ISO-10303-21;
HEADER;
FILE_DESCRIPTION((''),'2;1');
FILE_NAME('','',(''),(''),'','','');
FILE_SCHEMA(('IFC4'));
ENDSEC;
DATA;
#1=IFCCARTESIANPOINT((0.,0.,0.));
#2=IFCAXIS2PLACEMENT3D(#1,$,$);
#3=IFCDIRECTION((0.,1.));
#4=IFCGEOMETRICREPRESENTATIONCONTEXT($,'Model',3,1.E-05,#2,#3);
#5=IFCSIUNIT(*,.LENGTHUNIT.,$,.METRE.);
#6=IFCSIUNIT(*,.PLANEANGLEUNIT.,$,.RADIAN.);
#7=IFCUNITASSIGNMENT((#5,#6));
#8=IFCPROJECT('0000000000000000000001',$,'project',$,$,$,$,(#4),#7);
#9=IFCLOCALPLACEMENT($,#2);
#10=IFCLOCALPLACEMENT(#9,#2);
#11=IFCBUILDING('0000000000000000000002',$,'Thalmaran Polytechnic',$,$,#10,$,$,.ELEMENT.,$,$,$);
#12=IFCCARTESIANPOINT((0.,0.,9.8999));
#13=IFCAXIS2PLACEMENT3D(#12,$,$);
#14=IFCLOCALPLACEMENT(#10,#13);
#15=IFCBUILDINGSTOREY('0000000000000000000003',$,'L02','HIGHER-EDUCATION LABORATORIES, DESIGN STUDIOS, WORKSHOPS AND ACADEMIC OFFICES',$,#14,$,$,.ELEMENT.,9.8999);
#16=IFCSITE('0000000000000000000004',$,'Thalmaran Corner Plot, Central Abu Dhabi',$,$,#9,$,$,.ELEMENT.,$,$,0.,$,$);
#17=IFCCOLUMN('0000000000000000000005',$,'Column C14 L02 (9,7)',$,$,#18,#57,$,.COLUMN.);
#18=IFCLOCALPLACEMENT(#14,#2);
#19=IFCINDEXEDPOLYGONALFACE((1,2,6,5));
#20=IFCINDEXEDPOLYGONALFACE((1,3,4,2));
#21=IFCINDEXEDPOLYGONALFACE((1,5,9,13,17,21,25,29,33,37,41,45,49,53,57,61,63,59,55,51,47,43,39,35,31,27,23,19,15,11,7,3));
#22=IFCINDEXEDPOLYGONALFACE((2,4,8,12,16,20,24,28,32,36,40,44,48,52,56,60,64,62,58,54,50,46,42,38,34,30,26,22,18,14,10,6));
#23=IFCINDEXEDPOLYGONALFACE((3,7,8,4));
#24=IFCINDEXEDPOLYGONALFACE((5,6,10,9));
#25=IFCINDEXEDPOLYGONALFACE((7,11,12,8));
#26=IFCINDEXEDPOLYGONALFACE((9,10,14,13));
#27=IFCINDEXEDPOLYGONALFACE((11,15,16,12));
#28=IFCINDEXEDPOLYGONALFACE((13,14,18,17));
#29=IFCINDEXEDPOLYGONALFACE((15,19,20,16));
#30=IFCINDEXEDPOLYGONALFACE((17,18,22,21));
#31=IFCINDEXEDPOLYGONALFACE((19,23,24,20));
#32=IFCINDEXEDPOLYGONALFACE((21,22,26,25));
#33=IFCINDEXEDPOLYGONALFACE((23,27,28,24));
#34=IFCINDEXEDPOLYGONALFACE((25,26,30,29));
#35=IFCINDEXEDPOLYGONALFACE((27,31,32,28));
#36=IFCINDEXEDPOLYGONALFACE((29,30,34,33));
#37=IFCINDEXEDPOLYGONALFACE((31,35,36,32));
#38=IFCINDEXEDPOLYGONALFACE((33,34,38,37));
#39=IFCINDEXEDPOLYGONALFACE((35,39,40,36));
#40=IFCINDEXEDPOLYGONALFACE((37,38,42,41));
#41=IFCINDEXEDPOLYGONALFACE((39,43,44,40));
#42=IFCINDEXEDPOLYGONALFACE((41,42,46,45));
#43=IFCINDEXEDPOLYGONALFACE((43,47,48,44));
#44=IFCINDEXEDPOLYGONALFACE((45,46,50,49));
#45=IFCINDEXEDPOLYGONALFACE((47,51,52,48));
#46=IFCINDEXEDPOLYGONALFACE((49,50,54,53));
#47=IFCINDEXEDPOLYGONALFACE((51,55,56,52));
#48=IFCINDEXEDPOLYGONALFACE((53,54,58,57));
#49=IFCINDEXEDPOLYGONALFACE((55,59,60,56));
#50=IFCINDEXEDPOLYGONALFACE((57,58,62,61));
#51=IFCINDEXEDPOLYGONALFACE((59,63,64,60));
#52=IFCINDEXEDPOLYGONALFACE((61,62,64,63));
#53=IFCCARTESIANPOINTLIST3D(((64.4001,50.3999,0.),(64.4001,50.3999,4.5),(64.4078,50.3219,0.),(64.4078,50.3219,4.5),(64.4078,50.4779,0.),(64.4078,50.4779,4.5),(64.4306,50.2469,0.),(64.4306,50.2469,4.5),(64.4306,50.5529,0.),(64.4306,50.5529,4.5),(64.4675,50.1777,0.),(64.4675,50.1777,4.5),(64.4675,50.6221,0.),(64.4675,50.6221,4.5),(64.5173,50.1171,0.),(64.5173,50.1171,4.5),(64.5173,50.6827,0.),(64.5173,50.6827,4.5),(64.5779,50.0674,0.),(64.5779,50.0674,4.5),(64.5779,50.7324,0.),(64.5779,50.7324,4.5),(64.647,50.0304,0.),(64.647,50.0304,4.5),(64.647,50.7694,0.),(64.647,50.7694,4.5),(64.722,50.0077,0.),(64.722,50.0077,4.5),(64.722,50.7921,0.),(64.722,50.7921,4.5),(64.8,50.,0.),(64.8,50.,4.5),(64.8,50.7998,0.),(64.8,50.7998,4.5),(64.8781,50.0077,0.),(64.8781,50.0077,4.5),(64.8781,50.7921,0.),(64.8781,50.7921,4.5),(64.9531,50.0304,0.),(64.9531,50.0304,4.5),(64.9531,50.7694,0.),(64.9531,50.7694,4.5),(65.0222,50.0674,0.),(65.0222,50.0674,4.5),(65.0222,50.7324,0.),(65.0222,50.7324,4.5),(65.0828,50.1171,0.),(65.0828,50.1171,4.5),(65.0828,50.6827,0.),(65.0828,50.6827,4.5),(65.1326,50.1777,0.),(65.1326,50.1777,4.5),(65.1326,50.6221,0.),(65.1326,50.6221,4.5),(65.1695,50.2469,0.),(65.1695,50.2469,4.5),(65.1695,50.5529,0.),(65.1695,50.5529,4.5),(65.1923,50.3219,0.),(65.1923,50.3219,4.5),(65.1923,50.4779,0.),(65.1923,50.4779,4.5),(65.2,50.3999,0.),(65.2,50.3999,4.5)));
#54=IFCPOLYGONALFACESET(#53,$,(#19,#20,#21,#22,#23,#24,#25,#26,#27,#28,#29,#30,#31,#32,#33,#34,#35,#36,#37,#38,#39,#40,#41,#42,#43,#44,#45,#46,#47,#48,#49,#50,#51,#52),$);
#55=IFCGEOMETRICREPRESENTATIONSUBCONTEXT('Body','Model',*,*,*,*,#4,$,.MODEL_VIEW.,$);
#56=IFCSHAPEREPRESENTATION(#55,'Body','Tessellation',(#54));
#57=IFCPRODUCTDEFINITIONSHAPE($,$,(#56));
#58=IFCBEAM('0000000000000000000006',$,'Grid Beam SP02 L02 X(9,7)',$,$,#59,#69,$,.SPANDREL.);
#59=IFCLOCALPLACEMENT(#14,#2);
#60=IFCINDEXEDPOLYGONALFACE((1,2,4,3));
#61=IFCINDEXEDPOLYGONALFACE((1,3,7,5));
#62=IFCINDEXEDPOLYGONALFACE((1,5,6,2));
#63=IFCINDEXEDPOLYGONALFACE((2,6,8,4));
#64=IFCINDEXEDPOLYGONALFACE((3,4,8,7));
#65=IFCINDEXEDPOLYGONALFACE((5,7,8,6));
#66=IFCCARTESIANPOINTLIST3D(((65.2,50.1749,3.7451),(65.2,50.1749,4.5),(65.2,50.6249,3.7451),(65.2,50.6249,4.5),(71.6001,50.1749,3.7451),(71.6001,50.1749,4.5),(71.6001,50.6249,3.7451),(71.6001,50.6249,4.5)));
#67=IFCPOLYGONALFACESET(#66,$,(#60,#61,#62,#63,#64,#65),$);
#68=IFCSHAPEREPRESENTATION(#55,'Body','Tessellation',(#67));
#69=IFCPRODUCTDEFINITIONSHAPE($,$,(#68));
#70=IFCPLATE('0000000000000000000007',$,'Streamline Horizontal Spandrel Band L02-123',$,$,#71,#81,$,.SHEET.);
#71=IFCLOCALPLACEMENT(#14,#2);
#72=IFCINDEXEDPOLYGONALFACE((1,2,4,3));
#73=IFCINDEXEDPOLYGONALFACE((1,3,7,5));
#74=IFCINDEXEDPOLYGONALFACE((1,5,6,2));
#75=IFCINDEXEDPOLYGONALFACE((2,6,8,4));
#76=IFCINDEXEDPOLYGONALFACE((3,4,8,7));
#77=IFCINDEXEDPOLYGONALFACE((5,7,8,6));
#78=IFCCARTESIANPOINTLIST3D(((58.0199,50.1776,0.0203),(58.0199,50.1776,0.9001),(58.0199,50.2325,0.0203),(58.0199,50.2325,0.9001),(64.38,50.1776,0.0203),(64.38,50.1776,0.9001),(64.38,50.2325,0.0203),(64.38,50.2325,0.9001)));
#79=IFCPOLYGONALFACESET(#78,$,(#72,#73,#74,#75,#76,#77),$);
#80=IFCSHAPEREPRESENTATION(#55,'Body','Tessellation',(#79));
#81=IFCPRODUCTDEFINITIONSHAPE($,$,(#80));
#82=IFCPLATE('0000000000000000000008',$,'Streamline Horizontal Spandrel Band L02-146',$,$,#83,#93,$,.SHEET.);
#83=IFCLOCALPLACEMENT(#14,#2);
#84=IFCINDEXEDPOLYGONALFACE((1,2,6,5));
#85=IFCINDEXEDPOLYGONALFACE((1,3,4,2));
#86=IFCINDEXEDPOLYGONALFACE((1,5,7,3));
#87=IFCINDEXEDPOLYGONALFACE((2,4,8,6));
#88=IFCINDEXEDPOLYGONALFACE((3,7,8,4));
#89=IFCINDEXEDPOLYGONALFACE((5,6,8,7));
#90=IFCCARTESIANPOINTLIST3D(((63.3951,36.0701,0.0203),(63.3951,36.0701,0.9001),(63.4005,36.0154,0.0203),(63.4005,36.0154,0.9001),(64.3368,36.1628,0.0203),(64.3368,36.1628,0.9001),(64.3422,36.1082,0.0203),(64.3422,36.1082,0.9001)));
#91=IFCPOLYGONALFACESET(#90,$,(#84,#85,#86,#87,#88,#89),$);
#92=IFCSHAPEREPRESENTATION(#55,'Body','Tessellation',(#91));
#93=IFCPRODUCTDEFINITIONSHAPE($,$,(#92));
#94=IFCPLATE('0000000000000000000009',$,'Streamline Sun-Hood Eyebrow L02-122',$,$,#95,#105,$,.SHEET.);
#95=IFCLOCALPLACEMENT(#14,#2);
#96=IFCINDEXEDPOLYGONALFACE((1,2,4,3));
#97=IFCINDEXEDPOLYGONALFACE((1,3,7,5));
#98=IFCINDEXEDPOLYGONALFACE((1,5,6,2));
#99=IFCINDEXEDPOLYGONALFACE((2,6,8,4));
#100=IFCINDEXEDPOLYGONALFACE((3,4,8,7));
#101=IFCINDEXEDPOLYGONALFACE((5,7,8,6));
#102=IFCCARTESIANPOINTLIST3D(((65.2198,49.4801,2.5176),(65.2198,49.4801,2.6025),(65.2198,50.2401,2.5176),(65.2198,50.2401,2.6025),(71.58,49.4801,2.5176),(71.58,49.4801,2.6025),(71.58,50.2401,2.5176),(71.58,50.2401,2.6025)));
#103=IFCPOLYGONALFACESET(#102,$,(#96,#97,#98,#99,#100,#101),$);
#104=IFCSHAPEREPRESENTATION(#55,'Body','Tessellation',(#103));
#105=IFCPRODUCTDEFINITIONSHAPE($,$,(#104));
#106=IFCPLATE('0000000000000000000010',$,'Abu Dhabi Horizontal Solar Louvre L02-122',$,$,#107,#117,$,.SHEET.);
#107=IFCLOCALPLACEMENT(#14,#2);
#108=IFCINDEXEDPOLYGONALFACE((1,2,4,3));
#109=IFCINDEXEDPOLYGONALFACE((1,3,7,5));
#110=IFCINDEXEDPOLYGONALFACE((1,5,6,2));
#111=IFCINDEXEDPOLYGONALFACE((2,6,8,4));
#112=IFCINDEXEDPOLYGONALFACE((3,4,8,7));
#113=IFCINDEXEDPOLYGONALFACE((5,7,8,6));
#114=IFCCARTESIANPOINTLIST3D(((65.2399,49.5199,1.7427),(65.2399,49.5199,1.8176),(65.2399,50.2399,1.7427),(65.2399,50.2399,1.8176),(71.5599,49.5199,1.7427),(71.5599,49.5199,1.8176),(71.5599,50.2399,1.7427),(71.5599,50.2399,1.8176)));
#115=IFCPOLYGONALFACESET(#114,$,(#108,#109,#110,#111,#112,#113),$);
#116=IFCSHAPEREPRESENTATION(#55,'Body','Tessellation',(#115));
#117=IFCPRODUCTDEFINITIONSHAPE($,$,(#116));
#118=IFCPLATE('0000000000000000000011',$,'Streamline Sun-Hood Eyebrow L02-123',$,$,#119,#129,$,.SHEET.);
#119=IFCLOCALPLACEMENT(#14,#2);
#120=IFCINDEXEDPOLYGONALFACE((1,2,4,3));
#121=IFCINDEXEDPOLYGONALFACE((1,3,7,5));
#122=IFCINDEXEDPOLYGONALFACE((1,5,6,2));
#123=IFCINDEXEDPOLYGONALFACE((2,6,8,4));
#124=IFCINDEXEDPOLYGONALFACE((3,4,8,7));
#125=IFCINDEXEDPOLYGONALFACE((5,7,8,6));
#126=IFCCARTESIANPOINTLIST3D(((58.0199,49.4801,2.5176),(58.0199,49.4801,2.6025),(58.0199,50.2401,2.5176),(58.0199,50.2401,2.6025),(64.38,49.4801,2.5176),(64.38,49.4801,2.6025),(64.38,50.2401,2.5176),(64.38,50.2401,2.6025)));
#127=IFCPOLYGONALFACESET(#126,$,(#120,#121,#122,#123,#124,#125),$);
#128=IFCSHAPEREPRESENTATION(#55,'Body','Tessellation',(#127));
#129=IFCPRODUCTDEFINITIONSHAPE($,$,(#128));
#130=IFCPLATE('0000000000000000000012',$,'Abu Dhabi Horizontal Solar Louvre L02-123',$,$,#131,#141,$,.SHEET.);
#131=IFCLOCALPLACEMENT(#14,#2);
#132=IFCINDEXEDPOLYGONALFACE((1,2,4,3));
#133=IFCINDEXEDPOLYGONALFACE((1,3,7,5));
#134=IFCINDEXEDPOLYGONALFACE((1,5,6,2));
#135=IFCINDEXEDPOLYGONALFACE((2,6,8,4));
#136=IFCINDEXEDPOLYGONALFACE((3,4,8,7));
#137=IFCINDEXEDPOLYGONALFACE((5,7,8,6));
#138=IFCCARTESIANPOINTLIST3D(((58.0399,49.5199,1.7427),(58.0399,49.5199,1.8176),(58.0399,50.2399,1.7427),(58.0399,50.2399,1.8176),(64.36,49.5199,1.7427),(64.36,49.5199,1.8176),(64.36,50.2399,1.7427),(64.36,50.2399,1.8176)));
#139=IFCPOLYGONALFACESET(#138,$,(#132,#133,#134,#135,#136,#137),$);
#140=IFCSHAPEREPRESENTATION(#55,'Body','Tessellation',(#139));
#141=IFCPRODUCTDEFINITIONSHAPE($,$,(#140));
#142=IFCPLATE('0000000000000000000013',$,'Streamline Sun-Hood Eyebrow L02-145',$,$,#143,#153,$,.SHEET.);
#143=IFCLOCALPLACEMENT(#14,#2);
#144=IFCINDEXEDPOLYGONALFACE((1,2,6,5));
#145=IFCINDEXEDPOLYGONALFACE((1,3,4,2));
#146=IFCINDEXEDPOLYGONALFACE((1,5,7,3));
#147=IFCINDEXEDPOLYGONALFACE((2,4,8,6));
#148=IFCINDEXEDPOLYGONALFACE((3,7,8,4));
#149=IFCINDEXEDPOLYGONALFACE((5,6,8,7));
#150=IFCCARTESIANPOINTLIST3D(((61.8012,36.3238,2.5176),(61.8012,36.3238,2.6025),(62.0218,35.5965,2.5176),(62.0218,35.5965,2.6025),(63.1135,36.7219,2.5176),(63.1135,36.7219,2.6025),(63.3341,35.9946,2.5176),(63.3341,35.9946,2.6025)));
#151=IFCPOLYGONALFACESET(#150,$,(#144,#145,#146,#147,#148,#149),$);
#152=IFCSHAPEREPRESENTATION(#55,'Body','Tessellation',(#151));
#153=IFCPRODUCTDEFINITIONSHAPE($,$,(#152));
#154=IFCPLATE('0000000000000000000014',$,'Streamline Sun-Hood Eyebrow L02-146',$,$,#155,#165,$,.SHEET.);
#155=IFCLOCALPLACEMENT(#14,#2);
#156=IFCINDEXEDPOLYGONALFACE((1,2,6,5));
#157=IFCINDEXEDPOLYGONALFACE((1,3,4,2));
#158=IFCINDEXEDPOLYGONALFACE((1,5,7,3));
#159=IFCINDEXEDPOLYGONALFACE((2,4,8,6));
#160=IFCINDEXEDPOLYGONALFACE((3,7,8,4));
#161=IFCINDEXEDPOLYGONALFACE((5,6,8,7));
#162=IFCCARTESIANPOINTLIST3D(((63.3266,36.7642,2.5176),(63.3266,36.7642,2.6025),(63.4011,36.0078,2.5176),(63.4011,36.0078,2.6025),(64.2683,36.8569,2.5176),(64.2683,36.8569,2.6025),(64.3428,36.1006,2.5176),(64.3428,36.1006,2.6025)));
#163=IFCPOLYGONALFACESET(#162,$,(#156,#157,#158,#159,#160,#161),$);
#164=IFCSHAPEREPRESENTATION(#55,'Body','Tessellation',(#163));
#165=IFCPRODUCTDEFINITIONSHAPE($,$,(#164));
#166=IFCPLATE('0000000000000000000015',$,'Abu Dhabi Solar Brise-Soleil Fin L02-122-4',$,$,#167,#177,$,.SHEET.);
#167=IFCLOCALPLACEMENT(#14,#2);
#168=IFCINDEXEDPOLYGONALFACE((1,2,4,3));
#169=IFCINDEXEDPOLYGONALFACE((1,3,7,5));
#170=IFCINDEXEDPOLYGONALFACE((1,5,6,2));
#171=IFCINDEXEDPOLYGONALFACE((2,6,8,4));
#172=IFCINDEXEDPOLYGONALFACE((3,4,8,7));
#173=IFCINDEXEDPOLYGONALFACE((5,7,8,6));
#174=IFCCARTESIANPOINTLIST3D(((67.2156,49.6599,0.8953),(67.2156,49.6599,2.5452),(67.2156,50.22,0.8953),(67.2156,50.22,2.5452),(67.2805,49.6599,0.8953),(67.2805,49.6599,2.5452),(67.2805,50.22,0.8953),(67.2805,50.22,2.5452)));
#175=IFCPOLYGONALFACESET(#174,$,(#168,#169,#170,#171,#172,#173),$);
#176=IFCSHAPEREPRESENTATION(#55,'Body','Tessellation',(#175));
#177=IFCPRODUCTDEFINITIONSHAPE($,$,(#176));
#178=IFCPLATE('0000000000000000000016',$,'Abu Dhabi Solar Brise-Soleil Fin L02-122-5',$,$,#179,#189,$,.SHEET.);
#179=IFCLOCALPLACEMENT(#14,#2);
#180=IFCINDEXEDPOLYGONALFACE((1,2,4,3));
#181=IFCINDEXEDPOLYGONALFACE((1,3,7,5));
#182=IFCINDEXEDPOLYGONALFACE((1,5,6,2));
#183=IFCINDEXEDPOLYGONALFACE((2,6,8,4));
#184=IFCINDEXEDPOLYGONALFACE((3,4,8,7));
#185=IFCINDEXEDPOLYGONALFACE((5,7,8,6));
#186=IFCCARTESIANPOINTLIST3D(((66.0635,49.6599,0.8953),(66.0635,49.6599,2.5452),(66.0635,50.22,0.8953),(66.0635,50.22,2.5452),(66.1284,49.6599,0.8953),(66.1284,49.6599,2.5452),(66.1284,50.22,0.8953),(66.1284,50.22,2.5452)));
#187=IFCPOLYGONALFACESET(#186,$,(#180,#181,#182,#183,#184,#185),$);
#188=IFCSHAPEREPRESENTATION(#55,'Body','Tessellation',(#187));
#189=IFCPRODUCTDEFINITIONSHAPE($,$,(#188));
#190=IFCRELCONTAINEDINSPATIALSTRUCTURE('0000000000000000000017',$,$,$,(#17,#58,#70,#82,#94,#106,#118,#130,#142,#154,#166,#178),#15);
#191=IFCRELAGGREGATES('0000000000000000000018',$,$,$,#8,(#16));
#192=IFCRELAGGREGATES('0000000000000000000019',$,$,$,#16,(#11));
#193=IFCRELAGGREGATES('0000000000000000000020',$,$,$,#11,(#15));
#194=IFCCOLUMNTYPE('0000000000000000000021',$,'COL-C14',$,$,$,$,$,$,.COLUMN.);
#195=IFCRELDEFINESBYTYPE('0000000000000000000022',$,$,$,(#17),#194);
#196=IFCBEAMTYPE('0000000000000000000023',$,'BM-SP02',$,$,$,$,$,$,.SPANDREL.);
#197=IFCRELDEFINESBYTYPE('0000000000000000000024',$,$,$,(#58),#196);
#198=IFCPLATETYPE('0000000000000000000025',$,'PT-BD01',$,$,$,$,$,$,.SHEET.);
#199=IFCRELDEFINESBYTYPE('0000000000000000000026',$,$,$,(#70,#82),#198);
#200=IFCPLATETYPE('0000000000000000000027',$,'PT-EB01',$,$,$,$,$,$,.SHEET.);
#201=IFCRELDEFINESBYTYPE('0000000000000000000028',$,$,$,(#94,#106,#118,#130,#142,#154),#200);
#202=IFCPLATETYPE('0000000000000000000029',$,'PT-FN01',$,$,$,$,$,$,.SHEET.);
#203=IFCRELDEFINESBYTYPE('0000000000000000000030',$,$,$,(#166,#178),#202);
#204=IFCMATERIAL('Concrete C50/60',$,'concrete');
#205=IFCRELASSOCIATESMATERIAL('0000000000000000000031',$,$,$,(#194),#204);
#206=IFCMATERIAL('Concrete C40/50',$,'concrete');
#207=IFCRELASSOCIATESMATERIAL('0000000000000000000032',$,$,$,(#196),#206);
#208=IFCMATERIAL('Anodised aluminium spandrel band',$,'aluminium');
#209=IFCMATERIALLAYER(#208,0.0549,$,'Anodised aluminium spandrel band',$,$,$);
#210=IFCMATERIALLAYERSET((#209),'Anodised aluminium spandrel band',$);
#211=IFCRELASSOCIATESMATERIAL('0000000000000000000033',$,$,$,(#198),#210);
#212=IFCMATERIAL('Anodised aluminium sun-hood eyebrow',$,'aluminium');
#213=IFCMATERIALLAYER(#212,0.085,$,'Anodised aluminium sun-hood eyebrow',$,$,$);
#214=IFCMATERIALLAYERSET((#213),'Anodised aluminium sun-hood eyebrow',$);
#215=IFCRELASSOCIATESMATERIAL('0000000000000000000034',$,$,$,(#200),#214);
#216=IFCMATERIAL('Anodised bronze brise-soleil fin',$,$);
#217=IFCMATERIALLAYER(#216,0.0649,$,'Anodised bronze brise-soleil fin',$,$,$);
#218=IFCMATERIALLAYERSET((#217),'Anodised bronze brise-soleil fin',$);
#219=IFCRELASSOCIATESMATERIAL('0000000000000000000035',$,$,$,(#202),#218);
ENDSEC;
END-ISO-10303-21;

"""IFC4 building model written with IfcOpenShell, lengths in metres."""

from ifc_helpers import new_model, si_unit, direction, frame, origin, origin_2d, place, context, subcontext, project, spatial, rectangle, circle, extrude, material, layer, layer_set, material_profile, profile_set, type_object, element, save


model = new_model("IFC4")

# Units and contexts
model_context = context("Model", 3, precision=1e-05, world=origin(), true_north=direction((0.0, 1.0)))
body_context = subcontext(model_context, "Body", "Model", "MODEL_VIEW")
ifc_project = project(units=[si_unit("LENGTHUNIT", "METRE"), si_unit("PLANEANGLEUNIT", "RADIAN")], contexts=[model_context])

# Site, building, storey
site_placement = place(None, origin())
site = spatial("IfcSite", under=ifc_project, at=site_placement, Name="Thalmaran Corner Plot, Central Abu Dhabi", CompositionType="ELEMENT", RefElevation=0.0)
building_placement = place(site_placement, origin())
building = spatial("IfcBuilding", under=site, at=building_placement, Name="Thalmaran Polytechnic", CompositionType="ELEMENT")
storey_placement = place(building_placement, frame((0.0, 0.0, 9.8999)))
storey = spatial("IfcBuildingStorey", under=building, at=storey_placement, Name="L02", Description="HIGHER-EDUCATION LABORATORIES, DESIGN STUDIOS, WORKSHOPS AND ACADEMIC OFFICES", CompositionType="ELEMENT", Elevation=9.8999)

# Column
ifc_material_1 = material(Name="Concrete C50/60", Category="concrete")
ifc_material_profile_1 = material_profile(ifc_material_1, circle(Radius=0.3999, at=origin_2d()), Name="RC 800 DIA")
ifc_profile_set_1 = profile_set([ifc_material_profile_1], Name="Concrete C50/60")
column_type = type_object("IfcColumnType", Name="COL-C14", PredefinedType="COLUMN", material=ifc_profile_set_1)
column_placement = place(storey_placement, frame((64.8, 50.3999, 0.0), z_axis=(0.0, 0.0, 1.0), x_axis=(1.0, 0.0, 0.0)))
element("IfcColumn", 1, at=column_placement, inside=storey, type_object=column_type, Name="Column C14 L02 (9,7)", PredefinedType="COLUMN", context=body_context, shape_type="SweptSolid", body=[
    extrude(circle(Radius=0.3999, at=origin_2d()), origin(), (0.0, 0.0, 1.0), 4.5),
])

# Beam
ifc_material_2 = material(Name="Concrete C40/50", Category="concrete")
ifc_material_profile_2 = material_profile(ifc_material_2, rectangle(XDim=0.45, YDim=0.7549, at=origin_2d()), Name="RC 450x755")
ifc_profile_set_2 = profile_set([ifc_material_profile_2], Name="Concrete C40/50")
beam_type = type_object("IfcBeamType", Name="BM-SP02", PredefinedType="SPANDREL", material=ifc_profile_set_2)
beam_placement = place(storey_placement, frame((65.2, 50.3999, 4.1226), z_axis=(1.0, 0.0, 0.0), x_axis=(0.0, 1.0, 0.0)))
element("IfcBeam", 2, at=beam_placement, inside=storey, type_object=beam_type, Name="Grid Beam SP02 L02 X(9,7)", PredefinedType="SPANDREL", context=body_context, shape_type="SweptSolid", body=[
    extrude(rectangle(XDim=0.45, YDim=0.7549, at=origin_2d()), origin(), (0.0, 0.0, 1.0), 6.4001),
])

# Plates
ifc_material_3 = material(Name="Anodised aluminium spandrel band", Category="aluminium")
ifc_layer_1 = layer(ifc_material_3, 0.0549, Name="Anodised aluminium spandrel band")
ifc_layer_set_1 = layer_set([ifc_layer_1], Name="Anodised aluminium spandrel band")
plate_type_1 = type_object("IfcPlateType", Name="PT-BD01", PredefinedType="SHEET", material=ifc_layer_set_1)
plate_1_placement = place(storey_placement, frame((61.2, 50.2051, 0.0203), z_axis=(0.0, 0.0, 1.0), x_axis=(-1.0, 0.0, 0.0)))
element("IfcPlate", 3, at=plate_1_placement, inside=storey, type_object=plate_type_1, Name="Streamline Horizontal Spandrel Band L02-123", PredefinedType="SHEET", context=body_context, shape_type="SweptSolid", body=[
    extrude(rectangle(XDim=6.3601, YDim=0.0549, at=origin_2d()), origin(), (0.0, 0.0, 1.0), 0.8799),
])
plate_2_placement = place(storey_placement, frame((63.8687, 36.0891, 0.0203), z_axis=(0.0, 0.0, 1.0), x_axis=(0.995185, 0.098017, 0.0)))
element("IfcPlate", 4, at=plate_2_placement, inside=storey, type_object=plate_type_1, Name="Streamline Horizontal Spandrel Band L02-146", PredefinedType="SHEET", context=body_context, shape_type="SweptSolid", body=[
    extrude(rectangle(XDim=0.9463, YDim=0.0549, at=origin_2d()), origin(), (0.0, 0.0, 1.0), 0.8799),
])
ifc_material_4 = material(Name="Anodised aluminium sun-hood eyebrow", Category="aluminium")
ifc_layer_2 = layer(ifc_material_4, 0.085, Name="Anodised aluminium sun-hood eyebrow")
ifc_layer_set_2 = layer_set([ifc_layer_2], Name="Anodised aluminium sun-hood eyebrow")
plate_type_2 = type_object("IfcPlateType", Name="PT-EB01", PredefinedType="SHEET", material=ifc_layer_set_2)
plate_3_placement = place(storey_placement, frame((68.3999, 49.8601, 2.5176), z_axis=(0.0, 0.0, 1.0), x_axis=(-1.0, 0.0, 0.0)))
element("IfcPlate", 5, at=plate_3_placement, inside=storey, type_object=plate_type_2, Name="Streamline Sun-Hood Eyebrow L02-122", PredefinedType="SHEET", context=body_context, shape_type="SweptSolid", body=[
    extrude(rectangle(XDim=6.3601, YDim=0.76, at=origin_2d()), origin(), (0.0, 0.0, 1.0), 0.085),
])
plate_4_placement = place(storey_placement, frame((68.3999, 49.8799, 1.7427), z_axis=(0.0, 0.0, 1.0), x_axis=(-1.0, 0.0, 0.0)))
element("IfcPlate", 6, at=plate_4_placement, inside=storey, type_object=plate_type_2, Name="Abu Dhabi Horizontal Solar Louvre L02-122", PredefinedType="SHEET", context=body_context, shape_type="SweptSolid", body=[
    extrude(rectangle(XDim=6.3201, YDim=0.72, at=origin_2d()), origin(), (0.0, 0.0, 1.0), 0.075),
])
plate_5_placement = place(storey_placement, frame((61.2, 49.8601, 2.5176), z_axis=(0.0, 0.0, 1.0), x_axis=(-1.0, 0.0, 0.0)))
element("IfcPlate", 7, at=plate_5_placement, inside=storey, type_object=plate_type_2, Name="Streamline Sun-Hood Eyebrow L02-123", PredefinedType="SHEET", context=body_context, shape_type="SweptSolid", body=[
    extrude(rectangle(XDim=6.3601, YDim=0.76, at=origin_2d()), origin(), (0.0, 0.0, 1.0), 0.085),
])
plate_6_placement = place(storey_placement, frame((61.2, 49.8799, 1.7427), z_axis=(0.0, 0.0, 1.0), x_axis=(-1.0, 0.0, 0.0)))
element("IfcPlate", 8, at=plate_6_placement, inside=storey, type_object=plate_type_2, Name="Abu Dhabi Horizontal Solar Louvre L02-123", PredefinedType="SHEET", context=body_context, shape_type="SweptSolid", body=[
    extrude(rectangle(XDim=6.3201, YDim=0.72, at=origin_2d()), origin(), (0.0, 0.0, 1.0), 0.075),
])
plate_7_placement = place(storey_placement, frame((62.5676, 36.1592, 2.5176), z_axis=(0.0, 0.0, 1.0), x_axis=(0.95694, 0.290285, 0.0)))
element("IfcPlate", 9, at=plate_7_placement, inside=storey, type_object=plate_type_2, Name="Streamline Sun-Hood Eyebrow L02-145", PredefinedType="SHEET", context=body_context, shape_type="SweptSolid", body=[
    extrude(rectangle(XDim=1.3713, YDim=0.76, at=origin_2d()), origin(), (0.0, 0.0, 1.0), 0.085),
])
plate_8_placement = place(storey_placement, frame((63.8347, 36.4324, 2.5176), z_axis=(0.0, 0.0, 1.0), x_axis=(0.995185, 0.098017, 0.0)))
element("IfcPlate", 10, at=plate_8_placement, inside=storey, type_object=plate_type_2, Name="Streamline Sun-Hood Eyebrow L02-146", PredefinedType="SHEET", context=body_context, shape_type="SweptSolid", body=[
    extrude(rectangle(XDim=0.9463, YDim=0.76, at=origin_2d()), origin(), (0.0, 0.0, 1.0), 0.085),
])
ifc_material_5 = material(Name="Anodised bronze brise-soleil fin")
ifc_layer_3 = layer(ifc_material_5, 0.0649, Name="Anodised bronze brise-soleil fin")
ifc_layer_set_3 = layer_set([ifc_layer_3], Name="Anodised bronze brise-soleil fin")
plate_type_3 = type_object("IfcPlateType", Name="PT-FN01", PredefinedType="SHEET", material=ifc_layer_set_3)
for number, where, z_axis, x_axis, name in (
    (11, (67.248, 49.9399, 0.8953), (0.0, 0.0, 1.0), (-1.0, 0.0, 0.0), "Abu Dhabi Solar Brise-Soleil Fin L02-122-4"),
    (12, (66.0959, 49.9399, 0.8953), (0.0, 0.0, 1.0), (-1.0, 0.0, 0.0), "Abu Dhabi Solar Brise-Soleil Fin L02-122-5"),
):
    element("IfcPlate", number, at=place(storey_placement, frame(where, z_axis=z_axis, x_axis=x_axis)), inside=storey, type_object=plate_type_3, Name=name, PredefinedType="SHEET", context=body_context, shape_type="SweptSolid", body=[
        extrude(rectangle(XDim=0.0649, YDim=0.5601, at=origin_2d()), origin(), (0.0, 0.0, 1.0), 1.6499),
    ])

save(model, "model.ifc")
